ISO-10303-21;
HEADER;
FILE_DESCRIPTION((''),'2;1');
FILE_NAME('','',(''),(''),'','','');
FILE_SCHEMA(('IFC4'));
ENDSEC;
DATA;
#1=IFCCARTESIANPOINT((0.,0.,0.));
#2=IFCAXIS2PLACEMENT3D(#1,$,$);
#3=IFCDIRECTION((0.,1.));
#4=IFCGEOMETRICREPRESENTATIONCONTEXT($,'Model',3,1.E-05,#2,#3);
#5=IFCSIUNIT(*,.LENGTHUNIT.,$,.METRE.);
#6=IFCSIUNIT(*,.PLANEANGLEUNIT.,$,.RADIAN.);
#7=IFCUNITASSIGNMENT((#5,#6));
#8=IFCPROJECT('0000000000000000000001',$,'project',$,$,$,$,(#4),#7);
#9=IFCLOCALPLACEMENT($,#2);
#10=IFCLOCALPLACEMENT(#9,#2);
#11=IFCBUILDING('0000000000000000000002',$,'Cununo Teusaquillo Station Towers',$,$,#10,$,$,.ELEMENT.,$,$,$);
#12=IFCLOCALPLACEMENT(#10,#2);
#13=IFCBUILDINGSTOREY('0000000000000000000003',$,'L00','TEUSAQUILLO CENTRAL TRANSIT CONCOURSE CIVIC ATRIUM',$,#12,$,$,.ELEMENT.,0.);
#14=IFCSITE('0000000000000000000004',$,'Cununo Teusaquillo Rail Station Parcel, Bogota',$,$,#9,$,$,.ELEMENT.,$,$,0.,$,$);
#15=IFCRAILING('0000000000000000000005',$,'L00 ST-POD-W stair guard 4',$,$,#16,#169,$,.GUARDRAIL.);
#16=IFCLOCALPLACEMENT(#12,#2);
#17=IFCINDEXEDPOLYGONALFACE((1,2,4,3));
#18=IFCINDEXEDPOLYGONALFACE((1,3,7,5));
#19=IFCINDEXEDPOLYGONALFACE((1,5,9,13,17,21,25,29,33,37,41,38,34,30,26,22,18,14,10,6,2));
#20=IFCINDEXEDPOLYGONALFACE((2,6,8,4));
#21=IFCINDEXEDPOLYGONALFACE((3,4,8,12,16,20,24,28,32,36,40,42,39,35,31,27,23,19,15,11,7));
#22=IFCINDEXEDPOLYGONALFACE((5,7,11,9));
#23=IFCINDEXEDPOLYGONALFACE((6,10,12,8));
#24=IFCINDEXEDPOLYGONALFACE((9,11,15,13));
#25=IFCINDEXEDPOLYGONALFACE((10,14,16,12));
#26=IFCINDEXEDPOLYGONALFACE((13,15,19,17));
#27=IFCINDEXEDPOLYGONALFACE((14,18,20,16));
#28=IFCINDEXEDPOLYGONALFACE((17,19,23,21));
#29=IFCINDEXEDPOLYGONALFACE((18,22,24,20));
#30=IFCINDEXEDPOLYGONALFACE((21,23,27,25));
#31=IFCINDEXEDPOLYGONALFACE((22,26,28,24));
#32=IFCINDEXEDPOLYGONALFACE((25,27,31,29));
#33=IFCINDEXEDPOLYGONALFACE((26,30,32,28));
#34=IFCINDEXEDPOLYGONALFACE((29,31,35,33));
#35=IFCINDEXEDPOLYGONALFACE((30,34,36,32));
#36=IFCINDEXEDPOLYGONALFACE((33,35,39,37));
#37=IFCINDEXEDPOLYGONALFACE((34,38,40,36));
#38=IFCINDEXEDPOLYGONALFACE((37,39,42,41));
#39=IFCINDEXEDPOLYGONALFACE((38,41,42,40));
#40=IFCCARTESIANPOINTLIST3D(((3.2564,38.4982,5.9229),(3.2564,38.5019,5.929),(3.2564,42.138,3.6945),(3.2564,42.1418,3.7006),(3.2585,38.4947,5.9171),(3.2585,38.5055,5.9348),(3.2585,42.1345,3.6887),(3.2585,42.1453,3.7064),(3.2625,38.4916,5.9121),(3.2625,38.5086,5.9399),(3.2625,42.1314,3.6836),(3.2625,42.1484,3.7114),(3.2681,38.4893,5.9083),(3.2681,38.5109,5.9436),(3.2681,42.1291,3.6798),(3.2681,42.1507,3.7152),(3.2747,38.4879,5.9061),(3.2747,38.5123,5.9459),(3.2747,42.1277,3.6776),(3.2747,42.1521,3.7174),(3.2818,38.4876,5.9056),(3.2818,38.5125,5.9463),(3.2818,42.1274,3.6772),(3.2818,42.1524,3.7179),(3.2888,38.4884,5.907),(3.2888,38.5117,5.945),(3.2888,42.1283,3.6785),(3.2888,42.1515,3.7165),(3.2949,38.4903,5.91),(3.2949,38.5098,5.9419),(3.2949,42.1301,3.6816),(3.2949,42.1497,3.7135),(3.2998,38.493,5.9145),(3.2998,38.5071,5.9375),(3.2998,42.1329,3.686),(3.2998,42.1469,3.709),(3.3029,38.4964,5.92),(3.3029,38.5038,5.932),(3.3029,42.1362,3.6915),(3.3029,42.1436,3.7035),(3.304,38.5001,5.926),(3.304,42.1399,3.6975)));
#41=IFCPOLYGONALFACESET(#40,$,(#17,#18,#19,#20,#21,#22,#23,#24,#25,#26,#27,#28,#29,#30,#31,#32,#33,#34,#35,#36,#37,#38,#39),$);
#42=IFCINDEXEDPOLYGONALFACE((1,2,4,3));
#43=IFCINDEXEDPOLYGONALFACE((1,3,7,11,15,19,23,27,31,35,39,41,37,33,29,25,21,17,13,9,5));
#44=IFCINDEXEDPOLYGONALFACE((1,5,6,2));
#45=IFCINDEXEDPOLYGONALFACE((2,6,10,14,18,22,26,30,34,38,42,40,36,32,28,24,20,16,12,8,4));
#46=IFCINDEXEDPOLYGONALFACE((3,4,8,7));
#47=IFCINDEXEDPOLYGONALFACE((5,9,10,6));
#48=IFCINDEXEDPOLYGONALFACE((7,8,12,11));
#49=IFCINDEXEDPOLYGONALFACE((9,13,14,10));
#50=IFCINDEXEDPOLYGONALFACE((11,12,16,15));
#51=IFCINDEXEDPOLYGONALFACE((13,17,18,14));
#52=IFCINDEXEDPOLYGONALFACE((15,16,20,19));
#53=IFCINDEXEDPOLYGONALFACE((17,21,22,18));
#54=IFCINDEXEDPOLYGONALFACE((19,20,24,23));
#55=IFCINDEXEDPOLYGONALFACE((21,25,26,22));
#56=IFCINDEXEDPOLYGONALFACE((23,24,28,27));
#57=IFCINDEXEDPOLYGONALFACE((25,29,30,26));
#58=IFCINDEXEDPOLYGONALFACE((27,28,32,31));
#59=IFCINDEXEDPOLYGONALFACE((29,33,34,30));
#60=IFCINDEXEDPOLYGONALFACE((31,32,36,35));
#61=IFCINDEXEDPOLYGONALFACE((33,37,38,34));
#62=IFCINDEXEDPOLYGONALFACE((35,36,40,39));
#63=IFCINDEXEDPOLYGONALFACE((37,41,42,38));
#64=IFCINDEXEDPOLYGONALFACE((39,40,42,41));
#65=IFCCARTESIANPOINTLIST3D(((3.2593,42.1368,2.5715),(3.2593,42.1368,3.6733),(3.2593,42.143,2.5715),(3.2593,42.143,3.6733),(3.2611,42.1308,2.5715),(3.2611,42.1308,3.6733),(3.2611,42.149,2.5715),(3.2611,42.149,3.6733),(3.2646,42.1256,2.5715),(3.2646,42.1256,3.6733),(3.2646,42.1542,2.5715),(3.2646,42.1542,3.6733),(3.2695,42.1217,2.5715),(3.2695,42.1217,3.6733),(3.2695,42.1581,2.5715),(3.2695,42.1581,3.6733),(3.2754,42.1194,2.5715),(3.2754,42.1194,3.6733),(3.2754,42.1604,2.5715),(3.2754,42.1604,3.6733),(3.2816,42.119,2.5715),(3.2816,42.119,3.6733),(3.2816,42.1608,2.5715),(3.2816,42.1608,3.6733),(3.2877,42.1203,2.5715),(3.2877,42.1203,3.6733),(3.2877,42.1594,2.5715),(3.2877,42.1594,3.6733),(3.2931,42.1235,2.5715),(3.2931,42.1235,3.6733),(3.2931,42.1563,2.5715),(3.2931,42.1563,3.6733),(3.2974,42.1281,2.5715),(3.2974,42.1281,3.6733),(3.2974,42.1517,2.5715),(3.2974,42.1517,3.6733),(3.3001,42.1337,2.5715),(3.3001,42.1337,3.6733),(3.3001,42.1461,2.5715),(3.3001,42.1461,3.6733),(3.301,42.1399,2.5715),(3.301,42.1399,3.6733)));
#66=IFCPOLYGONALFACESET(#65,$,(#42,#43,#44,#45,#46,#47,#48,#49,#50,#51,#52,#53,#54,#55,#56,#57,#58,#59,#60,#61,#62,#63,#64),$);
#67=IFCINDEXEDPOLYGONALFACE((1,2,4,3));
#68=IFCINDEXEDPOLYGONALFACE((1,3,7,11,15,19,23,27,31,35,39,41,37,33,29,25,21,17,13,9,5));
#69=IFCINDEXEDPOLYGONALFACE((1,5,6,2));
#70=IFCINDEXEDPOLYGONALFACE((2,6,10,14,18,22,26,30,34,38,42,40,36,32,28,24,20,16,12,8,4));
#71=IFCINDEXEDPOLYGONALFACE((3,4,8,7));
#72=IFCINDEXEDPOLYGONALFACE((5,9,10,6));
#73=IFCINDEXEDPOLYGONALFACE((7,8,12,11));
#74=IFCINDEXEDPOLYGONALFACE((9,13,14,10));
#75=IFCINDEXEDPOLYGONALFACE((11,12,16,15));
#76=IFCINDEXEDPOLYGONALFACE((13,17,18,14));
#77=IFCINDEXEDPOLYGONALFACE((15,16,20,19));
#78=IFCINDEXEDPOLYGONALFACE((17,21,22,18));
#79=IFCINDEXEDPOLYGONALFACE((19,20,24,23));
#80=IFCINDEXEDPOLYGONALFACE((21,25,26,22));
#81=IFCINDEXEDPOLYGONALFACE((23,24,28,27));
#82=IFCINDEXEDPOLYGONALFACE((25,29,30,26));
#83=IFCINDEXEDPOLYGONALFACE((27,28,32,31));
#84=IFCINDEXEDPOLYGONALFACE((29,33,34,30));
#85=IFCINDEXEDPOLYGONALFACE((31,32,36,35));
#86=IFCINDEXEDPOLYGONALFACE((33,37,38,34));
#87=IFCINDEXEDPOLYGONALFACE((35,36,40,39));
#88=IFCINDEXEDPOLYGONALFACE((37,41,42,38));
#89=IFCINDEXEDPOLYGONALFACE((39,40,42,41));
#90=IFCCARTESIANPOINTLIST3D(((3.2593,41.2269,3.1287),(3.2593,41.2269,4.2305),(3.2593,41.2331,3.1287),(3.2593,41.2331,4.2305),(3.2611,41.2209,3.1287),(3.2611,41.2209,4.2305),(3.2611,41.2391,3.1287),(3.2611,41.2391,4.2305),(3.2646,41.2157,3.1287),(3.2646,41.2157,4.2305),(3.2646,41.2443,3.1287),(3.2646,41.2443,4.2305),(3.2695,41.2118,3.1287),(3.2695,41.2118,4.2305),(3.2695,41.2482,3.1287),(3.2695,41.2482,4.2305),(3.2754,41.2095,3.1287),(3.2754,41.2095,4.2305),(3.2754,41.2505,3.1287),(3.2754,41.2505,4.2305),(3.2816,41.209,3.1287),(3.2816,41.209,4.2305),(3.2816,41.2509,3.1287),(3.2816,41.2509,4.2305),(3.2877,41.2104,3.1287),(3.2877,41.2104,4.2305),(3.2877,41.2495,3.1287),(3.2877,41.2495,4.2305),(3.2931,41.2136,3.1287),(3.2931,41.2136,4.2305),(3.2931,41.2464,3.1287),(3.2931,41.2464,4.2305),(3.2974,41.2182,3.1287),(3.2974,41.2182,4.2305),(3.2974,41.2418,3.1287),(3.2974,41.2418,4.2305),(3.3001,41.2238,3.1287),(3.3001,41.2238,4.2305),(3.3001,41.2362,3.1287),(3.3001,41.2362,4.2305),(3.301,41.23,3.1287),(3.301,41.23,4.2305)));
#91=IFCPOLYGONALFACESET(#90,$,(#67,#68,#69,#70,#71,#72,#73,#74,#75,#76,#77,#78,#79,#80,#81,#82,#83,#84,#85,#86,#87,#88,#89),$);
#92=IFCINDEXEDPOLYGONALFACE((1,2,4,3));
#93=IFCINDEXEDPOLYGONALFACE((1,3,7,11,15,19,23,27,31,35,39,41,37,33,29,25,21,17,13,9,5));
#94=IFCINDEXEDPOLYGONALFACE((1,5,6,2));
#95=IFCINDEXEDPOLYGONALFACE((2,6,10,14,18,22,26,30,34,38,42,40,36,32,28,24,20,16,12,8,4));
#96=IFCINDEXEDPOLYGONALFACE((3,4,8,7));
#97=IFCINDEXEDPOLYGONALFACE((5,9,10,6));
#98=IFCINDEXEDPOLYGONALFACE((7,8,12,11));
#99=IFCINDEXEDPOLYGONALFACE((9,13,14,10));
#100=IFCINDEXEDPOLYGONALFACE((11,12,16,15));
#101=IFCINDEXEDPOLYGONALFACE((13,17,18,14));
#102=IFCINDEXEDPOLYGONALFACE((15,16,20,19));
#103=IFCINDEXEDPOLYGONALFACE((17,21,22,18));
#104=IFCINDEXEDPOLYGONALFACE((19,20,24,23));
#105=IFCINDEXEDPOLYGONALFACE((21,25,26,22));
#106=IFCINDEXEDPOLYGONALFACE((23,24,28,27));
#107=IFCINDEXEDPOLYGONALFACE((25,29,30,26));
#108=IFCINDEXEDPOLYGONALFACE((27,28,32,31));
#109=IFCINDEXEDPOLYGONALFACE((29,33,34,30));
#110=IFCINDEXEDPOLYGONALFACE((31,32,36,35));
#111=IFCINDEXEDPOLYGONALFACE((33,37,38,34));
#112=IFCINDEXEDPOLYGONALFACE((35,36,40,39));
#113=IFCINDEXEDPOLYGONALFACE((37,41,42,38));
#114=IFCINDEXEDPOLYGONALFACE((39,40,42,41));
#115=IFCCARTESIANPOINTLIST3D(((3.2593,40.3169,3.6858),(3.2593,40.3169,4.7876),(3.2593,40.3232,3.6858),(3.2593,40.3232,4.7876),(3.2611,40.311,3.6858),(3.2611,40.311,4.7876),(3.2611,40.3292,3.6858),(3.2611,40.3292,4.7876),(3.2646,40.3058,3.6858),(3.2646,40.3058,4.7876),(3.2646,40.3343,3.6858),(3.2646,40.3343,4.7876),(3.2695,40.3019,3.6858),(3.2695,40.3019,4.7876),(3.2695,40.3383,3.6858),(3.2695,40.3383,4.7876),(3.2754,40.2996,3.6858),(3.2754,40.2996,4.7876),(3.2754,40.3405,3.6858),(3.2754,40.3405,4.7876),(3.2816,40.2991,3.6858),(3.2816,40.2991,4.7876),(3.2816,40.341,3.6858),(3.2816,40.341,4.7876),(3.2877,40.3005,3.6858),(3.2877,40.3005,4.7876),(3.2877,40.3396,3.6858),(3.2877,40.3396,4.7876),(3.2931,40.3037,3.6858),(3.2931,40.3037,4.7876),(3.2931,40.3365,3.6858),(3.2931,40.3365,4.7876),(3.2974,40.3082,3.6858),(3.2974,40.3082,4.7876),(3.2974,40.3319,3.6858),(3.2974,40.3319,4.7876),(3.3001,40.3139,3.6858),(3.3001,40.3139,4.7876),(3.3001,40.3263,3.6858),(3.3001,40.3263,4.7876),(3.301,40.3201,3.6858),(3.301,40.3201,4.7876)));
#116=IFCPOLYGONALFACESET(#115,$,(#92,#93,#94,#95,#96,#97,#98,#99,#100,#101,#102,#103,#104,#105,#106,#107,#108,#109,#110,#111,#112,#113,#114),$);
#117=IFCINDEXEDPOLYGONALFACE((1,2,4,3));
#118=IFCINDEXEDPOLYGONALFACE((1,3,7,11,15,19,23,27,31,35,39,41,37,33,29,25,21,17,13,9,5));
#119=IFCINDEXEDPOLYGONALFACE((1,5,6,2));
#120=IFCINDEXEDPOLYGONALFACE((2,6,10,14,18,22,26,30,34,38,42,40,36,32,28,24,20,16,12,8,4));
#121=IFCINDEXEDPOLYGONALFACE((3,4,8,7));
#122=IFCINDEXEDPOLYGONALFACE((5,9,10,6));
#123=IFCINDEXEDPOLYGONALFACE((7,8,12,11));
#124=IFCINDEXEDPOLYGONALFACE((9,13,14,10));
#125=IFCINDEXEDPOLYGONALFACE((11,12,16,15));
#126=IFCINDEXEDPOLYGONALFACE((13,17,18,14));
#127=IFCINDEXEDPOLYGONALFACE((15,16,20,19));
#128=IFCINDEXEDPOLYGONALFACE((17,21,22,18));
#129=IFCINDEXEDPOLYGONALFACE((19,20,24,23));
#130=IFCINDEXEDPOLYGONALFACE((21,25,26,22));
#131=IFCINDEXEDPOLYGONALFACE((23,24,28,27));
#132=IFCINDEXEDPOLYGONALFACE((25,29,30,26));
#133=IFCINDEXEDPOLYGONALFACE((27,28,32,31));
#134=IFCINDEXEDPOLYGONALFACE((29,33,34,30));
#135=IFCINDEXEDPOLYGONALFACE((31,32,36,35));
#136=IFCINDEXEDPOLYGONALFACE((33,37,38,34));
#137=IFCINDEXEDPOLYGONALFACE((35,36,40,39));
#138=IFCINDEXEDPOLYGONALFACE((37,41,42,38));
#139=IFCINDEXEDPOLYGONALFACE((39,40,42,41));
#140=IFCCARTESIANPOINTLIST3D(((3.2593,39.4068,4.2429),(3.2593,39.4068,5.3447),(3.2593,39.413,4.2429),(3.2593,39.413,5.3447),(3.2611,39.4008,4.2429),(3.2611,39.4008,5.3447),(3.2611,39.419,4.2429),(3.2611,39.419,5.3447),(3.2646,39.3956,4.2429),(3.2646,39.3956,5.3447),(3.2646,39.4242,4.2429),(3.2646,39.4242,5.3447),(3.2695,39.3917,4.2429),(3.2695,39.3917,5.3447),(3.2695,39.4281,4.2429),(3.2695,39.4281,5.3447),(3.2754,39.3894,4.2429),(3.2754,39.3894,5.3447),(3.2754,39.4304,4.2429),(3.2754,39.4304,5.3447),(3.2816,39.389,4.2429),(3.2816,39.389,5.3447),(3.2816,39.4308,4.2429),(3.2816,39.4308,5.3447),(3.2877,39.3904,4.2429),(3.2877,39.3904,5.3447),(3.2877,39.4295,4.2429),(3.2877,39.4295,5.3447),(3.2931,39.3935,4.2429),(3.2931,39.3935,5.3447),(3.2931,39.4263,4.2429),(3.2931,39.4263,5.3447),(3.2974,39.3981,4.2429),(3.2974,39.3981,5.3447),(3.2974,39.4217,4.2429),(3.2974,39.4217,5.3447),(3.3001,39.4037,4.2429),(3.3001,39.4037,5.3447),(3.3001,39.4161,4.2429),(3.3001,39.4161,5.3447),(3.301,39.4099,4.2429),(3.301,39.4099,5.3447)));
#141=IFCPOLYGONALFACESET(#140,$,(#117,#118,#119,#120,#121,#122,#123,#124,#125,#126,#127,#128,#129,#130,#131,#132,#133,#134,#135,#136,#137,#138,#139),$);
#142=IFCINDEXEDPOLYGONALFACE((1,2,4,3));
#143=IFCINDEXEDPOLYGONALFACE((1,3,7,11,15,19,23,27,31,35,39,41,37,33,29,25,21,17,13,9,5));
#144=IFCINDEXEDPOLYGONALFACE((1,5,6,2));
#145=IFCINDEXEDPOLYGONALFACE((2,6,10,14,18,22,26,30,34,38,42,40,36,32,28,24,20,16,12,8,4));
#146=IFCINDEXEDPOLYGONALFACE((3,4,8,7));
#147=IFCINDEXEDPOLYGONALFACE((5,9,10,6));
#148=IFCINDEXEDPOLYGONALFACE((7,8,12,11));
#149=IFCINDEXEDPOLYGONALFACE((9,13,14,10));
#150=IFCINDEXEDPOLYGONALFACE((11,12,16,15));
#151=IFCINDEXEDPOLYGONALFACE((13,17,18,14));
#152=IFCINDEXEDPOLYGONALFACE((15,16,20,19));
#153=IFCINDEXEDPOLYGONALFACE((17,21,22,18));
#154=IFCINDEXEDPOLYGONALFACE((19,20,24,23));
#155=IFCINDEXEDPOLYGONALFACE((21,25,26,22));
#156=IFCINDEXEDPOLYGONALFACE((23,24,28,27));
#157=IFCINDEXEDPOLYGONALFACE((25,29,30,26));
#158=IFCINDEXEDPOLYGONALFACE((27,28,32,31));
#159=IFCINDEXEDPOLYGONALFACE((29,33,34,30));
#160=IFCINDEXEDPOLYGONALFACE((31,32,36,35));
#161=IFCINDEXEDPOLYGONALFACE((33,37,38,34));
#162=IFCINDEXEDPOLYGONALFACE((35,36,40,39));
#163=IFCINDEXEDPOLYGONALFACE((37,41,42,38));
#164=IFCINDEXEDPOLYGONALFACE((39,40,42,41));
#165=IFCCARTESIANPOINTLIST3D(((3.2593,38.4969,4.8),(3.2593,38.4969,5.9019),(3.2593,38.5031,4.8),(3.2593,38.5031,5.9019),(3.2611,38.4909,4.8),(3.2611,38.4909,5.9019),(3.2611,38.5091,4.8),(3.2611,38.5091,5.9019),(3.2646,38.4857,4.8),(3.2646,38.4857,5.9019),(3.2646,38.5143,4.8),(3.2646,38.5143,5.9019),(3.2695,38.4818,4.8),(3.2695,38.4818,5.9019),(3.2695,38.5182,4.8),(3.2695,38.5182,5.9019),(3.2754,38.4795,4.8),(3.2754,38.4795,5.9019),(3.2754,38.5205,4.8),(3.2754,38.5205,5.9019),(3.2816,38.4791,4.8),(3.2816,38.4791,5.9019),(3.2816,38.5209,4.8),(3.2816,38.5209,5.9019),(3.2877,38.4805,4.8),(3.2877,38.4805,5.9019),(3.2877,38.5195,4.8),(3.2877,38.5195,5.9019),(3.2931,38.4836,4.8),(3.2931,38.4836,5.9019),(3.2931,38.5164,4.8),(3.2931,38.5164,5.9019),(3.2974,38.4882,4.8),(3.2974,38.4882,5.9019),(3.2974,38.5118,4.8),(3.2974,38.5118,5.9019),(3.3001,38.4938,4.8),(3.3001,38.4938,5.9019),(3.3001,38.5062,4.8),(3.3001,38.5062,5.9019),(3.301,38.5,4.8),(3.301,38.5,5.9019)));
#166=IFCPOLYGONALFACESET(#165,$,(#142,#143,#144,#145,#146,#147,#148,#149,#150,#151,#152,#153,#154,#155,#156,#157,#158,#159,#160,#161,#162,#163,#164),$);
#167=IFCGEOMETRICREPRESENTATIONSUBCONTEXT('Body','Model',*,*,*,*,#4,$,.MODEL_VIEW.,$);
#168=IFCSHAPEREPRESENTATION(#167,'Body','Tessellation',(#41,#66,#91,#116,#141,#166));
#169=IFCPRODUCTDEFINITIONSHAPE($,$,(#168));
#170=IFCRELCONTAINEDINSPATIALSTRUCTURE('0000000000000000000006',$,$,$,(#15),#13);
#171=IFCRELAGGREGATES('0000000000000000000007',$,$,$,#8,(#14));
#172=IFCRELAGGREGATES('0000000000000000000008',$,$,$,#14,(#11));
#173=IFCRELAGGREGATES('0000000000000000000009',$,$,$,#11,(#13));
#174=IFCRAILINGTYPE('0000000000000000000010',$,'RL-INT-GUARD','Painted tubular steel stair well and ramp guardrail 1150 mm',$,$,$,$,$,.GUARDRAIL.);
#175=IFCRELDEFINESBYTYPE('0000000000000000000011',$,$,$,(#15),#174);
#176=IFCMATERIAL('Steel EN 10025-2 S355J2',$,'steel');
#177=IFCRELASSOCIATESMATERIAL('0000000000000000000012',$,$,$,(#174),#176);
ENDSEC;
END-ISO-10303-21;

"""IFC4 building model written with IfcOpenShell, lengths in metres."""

from ifc_helpers import new_model, si_unit, direction, frame, origin, origin_2d, place, context, subcontext, project, spatial, circle, extrude, material, type_object, element, save


model = new_model("IFC4")

# Units and contexts
model_context = context("Model", 3, precision=1e-05, world=origin(), true_north=direction((0.0, 1.0)))
body_context = subcontext(model_context, "Body", "Model", "MODEL_VIEW")
ifc_project = project(units=[si_unit("LENGTHUNIT", "METRE"), si_unit("PLANEANGLEUNIT", "RADIAN")], contexts=[model_context])

# Site, building, storey
site_placement = place(None, origin())
site = spatial("IfcSite", under=ifc_project, at=site_placement, Name="Cununo Teusaquillo Rail Station Parcel, Bogota", CompositionType="ELEMENT", RefElevation=0.0)
building_placement = place(site_placement, origin())
building = spatial("IfcBuilding", under=site, at=building_placement, Name="Cununo Teusaquillo Station Towers", CompositionType="ELEMENT")
storey_placement = place(building_placement, origin())
storey = spatial("IfcBuildingStorey", under=building, at=storey_placement, Name="L00", Description="TEUSAQUILLO CENTRAL TRANSIT CONCOURSE CIVIC ATRIUM", CompositionType="ELEMENT", Elevation=0.0)

# Railing
ifc_material_1 = material(Name="Steel EN 10025-2 S355J2", Category="steel")
railing_type_1 = type_object("IfcRailingType", Name="RL-INT-GUARD", Description="Painted tubular steel stair well and ramp guardrail 1150 mm", PredefinedType="GUARDRAIL", material=ifc_material_1)
railing_1_placement = place(storey_placement, frame((3.28, 42.1399, 2.5715)))
element("IfcRailing", 1, at=railing_1_placement, inside=storey, type_object=railing_type_1, Name="L00 ST-POD-W stair guard 4", PredefinedType="GUARDRAIL", context=body_context, shape_type="SweptSolid", body=[
    extrude(circle(Radius=0.0239, at=origin_2d()), frame((0.0, 0.0, 1.126), z_axis=(0.0, -0.85285, 0.522156), x_axis=(1.0, 0.0, 0.0)), (0.0, 0.0, 1.0), 4.2678),
    extrude(circle(Radius=0.021, at=origin_2d()), origin(), (0.0, 0.0, 1.0), 1.1018),
    extrude(circle(Radius=0.021, at=origin_2d()), frame((0.0, -0.9099, 0.5571)), (0.0, 0.0, 1.0), 1.1018),
    extrude(circle(Radius=0.021, at=origin_2d()), frame((0.0, -1.8198, 1.1143)), (0.0, 0.0, 1.0), 1.1018),
    extrude(circle(Radius=0.021, at=origin_2d()), frame((0.0, -2.73, 1.6714)), (0.0, 0.0, 1.0), 1.1018),
    extrude(circle(Radius=0.021, at=origin_2d()), frame((0.0, -3.6399, 2.2285)), (0.0, 0.0, 1.0), 1.1018),
])

save(model, "model.ifc")
